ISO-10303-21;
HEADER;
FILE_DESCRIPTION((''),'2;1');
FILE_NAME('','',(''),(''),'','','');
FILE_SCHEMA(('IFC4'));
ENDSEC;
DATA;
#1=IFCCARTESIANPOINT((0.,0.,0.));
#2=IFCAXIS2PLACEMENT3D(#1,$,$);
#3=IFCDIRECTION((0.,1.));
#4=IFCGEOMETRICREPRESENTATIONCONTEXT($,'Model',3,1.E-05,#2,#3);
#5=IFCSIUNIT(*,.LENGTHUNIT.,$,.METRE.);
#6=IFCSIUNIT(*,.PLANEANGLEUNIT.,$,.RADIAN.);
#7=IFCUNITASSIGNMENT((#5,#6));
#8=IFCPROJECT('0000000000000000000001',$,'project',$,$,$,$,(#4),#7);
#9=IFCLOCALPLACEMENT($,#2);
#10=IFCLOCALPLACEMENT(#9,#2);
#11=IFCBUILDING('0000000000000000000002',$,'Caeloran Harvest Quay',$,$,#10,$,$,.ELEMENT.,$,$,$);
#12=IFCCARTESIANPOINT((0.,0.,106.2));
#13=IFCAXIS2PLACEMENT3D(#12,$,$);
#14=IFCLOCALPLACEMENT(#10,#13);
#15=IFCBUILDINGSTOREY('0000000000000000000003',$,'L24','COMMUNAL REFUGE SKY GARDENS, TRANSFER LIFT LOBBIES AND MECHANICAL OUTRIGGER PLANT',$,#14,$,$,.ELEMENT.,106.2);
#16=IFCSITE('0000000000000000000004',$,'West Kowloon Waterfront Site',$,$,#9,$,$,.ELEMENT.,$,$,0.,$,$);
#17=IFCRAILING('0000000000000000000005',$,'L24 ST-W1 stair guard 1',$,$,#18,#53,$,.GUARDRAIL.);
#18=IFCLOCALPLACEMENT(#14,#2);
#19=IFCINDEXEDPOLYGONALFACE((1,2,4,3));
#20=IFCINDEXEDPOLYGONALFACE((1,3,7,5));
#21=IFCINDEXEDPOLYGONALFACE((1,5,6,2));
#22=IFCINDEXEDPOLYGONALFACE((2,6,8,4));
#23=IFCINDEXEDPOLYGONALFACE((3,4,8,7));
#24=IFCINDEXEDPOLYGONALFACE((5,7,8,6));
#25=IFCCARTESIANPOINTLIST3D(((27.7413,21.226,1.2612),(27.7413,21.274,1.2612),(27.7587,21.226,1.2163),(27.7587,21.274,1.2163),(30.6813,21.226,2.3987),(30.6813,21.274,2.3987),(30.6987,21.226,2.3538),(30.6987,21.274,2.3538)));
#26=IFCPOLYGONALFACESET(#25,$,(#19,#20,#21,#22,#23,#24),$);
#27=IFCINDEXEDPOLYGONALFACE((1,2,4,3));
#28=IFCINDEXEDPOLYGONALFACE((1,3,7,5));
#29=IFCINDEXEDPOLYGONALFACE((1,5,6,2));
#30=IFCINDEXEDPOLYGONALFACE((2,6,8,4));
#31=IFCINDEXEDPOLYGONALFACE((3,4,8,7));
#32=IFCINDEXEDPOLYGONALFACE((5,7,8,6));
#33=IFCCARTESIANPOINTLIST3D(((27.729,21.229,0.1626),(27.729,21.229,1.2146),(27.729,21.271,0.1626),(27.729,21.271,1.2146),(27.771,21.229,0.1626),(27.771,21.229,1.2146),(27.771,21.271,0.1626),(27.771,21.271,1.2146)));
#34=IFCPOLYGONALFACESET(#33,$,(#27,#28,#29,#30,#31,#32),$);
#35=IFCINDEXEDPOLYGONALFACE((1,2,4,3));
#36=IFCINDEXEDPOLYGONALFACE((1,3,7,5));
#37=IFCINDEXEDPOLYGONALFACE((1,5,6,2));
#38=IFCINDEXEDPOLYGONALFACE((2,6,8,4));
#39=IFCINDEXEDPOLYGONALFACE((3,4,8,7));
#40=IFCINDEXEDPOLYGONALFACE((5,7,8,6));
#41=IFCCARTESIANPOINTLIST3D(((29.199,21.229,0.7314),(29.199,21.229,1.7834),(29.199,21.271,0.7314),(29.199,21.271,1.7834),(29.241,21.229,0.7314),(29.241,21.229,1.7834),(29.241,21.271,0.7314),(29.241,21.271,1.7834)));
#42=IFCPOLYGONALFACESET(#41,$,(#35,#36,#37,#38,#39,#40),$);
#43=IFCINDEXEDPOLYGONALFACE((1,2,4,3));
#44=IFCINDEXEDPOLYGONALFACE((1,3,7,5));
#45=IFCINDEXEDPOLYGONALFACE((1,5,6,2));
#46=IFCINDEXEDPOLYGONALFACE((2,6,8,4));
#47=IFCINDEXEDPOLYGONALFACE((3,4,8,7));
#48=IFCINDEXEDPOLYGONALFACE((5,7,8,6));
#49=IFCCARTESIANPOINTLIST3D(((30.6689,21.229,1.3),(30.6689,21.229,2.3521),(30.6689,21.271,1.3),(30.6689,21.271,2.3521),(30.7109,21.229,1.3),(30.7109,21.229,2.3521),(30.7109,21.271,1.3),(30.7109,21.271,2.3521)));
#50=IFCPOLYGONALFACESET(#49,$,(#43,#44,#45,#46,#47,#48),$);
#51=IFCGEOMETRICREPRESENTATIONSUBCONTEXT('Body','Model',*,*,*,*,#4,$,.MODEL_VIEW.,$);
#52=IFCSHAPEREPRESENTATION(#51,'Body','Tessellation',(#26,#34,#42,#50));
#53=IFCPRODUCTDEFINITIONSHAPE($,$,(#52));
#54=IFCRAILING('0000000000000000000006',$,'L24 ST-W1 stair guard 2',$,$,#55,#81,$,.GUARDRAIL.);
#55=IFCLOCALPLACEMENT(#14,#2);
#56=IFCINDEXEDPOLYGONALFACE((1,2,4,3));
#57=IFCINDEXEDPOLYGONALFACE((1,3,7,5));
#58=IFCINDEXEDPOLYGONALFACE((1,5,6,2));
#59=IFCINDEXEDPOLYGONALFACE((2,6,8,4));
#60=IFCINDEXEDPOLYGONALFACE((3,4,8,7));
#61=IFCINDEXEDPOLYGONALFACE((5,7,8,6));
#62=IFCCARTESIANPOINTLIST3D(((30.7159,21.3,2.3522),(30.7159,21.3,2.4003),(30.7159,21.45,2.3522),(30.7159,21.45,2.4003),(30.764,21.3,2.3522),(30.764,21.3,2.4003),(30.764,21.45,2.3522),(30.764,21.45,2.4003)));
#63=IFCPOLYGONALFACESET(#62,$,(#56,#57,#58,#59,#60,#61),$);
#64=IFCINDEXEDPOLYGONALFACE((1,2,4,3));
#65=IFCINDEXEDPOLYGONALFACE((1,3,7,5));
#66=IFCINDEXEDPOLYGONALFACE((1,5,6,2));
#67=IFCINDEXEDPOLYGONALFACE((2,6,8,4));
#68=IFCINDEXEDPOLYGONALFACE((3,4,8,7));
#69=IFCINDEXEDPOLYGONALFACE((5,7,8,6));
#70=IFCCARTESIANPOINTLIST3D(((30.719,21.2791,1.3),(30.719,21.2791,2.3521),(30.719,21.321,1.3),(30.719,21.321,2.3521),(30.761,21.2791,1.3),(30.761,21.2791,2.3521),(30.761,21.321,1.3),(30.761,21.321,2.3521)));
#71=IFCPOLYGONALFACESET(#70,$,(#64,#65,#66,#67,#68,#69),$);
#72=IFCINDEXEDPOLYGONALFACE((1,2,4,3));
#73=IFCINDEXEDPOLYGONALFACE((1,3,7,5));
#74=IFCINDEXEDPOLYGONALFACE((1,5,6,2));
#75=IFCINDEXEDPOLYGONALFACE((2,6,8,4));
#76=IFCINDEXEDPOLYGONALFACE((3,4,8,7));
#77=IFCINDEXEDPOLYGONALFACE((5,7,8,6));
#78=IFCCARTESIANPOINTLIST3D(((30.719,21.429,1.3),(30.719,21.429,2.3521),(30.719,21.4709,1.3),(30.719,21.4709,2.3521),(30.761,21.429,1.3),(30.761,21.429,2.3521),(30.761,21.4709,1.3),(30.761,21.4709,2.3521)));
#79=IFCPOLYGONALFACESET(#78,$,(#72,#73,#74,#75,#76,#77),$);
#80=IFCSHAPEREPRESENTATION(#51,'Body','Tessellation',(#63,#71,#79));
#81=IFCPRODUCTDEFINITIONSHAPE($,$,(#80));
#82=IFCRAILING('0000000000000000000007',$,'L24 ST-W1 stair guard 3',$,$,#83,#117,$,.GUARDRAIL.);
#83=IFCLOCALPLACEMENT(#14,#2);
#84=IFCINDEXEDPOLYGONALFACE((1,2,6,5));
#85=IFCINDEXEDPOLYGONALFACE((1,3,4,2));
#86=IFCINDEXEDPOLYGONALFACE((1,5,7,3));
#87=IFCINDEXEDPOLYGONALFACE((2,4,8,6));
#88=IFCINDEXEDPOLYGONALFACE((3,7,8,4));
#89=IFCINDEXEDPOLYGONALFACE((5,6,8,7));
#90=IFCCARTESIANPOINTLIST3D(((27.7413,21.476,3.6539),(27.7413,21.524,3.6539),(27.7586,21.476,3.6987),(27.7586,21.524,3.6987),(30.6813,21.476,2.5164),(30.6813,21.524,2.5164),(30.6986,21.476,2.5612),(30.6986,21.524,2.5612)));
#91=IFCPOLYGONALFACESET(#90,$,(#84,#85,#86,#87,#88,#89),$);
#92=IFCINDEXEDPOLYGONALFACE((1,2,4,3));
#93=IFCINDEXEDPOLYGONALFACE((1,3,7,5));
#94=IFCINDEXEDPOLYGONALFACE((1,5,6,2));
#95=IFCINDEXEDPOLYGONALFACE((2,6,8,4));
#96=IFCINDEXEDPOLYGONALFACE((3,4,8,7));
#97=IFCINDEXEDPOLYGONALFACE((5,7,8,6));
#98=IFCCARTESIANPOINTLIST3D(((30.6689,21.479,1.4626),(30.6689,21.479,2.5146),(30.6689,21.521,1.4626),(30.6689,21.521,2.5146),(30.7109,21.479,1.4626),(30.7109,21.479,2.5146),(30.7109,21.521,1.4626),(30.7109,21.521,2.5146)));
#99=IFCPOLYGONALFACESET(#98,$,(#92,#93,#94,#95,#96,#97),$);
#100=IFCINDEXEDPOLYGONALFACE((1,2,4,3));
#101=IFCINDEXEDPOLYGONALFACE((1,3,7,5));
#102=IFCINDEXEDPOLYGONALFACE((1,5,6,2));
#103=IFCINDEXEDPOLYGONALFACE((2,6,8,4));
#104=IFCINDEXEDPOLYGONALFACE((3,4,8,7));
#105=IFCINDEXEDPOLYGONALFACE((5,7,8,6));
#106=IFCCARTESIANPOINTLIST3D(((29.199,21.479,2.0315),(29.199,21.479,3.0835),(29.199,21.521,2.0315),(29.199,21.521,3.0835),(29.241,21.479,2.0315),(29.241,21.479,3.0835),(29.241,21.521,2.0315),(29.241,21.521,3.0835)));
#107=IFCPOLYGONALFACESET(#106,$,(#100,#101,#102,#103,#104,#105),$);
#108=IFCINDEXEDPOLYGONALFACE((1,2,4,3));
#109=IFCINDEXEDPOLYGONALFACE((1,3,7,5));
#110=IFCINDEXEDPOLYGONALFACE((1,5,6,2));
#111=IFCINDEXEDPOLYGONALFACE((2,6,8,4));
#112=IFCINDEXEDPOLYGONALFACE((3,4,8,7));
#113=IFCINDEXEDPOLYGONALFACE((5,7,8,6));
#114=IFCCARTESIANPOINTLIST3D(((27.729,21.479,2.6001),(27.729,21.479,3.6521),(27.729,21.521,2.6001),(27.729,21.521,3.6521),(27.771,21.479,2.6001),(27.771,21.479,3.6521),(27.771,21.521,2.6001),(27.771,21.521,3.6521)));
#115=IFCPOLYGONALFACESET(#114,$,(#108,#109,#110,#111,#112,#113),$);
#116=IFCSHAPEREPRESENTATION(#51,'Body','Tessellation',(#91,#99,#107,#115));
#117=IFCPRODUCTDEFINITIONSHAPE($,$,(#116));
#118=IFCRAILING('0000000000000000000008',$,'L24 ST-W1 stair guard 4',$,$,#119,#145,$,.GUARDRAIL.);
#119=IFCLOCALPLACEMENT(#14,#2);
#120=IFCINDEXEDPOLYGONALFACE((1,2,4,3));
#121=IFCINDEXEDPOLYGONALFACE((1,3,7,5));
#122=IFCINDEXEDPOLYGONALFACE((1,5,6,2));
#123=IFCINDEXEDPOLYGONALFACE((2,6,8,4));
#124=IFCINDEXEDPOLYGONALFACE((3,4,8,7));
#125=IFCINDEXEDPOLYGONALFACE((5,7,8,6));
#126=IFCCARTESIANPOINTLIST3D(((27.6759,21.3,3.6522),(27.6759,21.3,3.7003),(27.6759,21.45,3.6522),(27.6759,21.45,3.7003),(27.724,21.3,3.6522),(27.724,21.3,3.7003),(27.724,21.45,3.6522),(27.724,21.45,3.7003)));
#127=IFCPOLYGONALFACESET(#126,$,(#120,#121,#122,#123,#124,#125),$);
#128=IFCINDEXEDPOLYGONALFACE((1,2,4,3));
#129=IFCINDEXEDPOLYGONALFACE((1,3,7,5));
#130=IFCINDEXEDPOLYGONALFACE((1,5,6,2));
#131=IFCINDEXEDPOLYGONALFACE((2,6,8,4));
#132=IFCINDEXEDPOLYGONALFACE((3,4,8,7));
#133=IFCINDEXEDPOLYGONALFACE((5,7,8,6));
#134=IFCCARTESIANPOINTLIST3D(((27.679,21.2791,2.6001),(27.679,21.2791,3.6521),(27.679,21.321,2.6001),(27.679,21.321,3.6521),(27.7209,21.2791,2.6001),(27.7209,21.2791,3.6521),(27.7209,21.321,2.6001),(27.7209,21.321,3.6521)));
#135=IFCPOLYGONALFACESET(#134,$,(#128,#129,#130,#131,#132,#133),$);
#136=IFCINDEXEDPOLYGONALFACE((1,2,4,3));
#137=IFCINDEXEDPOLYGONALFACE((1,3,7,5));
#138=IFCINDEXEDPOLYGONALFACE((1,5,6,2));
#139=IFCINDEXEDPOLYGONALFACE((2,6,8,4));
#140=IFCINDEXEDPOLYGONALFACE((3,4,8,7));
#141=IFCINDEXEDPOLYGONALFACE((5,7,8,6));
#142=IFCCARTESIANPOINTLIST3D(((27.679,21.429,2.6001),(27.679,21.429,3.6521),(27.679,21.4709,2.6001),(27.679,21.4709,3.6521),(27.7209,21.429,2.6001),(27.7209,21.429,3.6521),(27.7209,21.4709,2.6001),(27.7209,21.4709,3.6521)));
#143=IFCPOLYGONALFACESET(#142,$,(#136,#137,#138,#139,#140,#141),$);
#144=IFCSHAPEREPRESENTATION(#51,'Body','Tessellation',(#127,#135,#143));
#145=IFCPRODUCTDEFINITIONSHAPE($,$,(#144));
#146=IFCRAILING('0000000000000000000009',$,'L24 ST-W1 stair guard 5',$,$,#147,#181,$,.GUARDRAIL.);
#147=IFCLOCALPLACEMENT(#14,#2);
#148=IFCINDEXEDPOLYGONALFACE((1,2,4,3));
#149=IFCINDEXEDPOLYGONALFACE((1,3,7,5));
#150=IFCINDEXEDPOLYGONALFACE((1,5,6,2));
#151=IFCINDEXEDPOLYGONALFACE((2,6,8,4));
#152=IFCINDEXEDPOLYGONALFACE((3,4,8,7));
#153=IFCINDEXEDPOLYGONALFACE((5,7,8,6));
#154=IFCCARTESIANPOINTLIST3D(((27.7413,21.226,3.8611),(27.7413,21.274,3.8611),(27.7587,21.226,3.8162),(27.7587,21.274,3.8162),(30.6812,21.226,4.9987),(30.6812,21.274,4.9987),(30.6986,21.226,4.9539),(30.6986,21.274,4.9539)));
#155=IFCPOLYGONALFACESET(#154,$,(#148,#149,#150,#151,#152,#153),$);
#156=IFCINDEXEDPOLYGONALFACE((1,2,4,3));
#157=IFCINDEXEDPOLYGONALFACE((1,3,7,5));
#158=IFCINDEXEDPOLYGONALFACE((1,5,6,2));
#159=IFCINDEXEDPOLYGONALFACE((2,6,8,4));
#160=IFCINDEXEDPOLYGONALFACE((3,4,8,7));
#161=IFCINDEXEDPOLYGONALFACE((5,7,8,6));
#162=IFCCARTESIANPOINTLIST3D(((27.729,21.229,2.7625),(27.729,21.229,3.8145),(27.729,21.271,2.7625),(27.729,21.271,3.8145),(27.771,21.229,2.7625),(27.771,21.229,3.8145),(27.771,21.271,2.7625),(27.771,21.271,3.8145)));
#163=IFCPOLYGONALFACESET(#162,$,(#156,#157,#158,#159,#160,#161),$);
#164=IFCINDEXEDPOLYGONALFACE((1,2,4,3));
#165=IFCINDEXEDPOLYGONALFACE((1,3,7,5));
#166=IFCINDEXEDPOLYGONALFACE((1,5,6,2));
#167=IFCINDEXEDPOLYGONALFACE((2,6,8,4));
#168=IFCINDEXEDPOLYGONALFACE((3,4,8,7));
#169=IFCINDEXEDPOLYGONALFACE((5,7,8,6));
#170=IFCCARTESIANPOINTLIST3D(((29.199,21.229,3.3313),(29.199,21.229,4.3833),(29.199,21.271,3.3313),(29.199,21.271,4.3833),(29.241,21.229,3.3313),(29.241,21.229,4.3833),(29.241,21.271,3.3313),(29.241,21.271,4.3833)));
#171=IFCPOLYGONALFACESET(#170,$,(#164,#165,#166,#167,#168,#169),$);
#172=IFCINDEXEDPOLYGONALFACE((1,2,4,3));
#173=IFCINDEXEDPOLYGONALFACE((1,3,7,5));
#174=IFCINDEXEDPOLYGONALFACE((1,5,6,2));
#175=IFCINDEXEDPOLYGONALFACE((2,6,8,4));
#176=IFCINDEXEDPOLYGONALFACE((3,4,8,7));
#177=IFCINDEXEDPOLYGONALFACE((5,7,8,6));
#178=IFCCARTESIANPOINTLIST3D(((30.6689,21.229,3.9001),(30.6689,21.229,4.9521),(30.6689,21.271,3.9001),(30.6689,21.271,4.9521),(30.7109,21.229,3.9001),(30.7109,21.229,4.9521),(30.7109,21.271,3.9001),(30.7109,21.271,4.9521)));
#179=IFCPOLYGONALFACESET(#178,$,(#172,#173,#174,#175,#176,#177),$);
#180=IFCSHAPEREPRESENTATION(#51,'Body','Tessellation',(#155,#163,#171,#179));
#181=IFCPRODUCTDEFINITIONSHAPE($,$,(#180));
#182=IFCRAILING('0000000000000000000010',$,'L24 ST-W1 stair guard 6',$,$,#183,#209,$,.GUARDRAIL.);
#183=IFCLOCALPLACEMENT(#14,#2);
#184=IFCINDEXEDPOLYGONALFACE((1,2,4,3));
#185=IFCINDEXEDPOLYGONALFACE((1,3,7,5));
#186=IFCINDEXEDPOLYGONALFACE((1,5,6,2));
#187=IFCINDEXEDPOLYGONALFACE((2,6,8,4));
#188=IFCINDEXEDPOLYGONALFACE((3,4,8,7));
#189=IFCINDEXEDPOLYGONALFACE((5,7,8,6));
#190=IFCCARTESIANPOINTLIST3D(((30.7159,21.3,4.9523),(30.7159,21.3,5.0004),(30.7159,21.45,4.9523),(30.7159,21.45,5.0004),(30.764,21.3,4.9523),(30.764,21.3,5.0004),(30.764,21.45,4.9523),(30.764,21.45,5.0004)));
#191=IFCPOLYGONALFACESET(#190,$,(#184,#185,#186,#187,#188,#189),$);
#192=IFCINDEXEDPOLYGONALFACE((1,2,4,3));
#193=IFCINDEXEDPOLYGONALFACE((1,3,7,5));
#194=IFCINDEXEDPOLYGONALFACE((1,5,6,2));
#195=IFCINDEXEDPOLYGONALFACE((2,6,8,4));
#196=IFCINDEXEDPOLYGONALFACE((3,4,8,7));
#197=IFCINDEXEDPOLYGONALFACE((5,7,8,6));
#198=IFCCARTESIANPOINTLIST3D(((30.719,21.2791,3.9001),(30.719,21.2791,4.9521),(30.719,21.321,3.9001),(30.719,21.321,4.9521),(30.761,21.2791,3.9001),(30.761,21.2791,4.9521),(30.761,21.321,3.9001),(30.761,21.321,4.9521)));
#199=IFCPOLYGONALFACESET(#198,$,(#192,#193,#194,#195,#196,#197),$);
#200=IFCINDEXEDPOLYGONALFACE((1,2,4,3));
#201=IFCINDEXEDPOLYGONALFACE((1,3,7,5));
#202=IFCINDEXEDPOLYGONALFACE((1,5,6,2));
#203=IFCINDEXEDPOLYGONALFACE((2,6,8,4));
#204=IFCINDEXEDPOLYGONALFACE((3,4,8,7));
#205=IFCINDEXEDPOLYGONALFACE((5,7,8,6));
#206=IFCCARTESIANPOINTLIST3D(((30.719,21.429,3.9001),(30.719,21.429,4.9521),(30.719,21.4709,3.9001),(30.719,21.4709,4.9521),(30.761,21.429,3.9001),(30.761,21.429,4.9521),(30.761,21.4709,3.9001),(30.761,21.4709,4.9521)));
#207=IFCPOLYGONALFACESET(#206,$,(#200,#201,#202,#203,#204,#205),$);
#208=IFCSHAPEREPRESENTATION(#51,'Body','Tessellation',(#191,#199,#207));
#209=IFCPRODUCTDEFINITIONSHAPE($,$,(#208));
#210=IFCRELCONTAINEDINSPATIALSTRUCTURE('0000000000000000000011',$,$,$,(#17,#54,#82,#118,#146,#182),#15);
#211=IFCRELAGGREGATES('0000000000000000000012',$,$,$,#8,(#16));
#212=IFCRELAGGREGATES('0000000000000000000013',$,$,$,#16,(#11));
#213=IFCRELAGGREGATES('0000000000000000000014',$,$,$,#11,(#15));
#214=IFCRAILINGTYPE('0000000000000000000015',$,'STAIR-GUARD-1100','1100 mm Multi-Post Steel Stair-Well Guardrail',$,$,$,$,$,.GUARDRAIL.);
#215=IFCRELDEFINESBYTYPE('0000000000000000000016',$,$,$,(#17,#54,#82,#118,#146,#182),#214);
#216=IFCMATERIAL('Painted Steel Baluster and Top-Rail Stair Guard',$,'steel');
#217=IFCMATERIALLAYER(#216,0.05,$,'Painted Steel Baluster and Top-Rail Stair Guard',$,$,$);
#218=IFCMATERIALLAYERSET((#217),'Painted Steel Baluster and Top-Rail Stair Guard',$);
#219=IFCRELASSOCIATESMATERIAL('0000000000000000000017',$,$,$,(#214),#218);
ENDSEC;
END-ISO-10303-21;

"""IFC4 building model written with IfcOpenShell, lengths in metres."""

from ifc_helpers import new_model, si_unit, direction, frame, origin, origin_2d, place, context, subcontext, project, spatial, rectangle, extrude, material, layer, layer_set, type_object, element, save


model = new_model("IFC4")

# Units and contexts
model_context = context("Model", 3, precision=1e-05, world=origin(), true_north=direction((0.0, 1.0)))
body_context = subcontext(model_context, "Body", "Model", "MODEL_VIEW")
ifc_project = project(units=[si_unit("LENGTHUNIT", "METRE"), si_unit("PLANEANGLEUNIT", "RADIAN")], contexts=[model_context])

# Site, building, storey
site_placement = place(None, origin())
site = spatial("IfcSite", under=ifc_project, at=site_placement, Name="West Kowloon Waterfront Site", CompositionType="ELEMENT", RefElevation=0.0)
building_placement = place(site_placement, origin())
building = spatial("IfcBuilding", under=site, at=building_placement, Name="Caeloran Harvest Quay", CompositionType="ELEMENT")
storey_placement = place(building_placement, frame((0.0, 0.0, 106.2)))
storey = spatial("IfcBuildingStorey", under=building, at=storey_placement, Name="L24", Description="COMMUNAL REFUGE SKY GARDENS, TRANSFER LIFT LOBBIES AND MECHANICAL OUTRIGGER PLANT", CompositionType="ELEMENT", Elevation=106.2)

# Railings
ifc_material_1 = material(Name="Painted Steel Baluster and Top-Rail Stair Guard", Category="steel")
ifc_layer_1 = layer(ifc_material_1, 0.05, Name="Painted Steel Baluster and Top-Rail Stair Guard")
ifc_layer_set_1 = layer_set([ifc_layer_1], Name="Painted Steel Baluster and Top-Rail Stair Guard")
railing_type_1 = type_object("IfcRailingType", Name="STAIR-GUARD-1100", Description="1100 mm Multi-Post Steel Stair-Well Guardrail", PredefinedType="GUARDRAIL", material=ifc_layer_set_1)
railing_1_placement = place(storey_placement, frame((27.75, 21.25, 0.1626)))
element("IfcRailing", 1, at=railing_1_placement, inside=storey, type_object=railing_type_1, Name="L24 ST-W1 stair guard 1", PredefinedType="GUARDRAIL", context=body_context, shape_type="SweptSolid", body=[
    extrude(rectangle(XDim=0.0481, YDim=0.0481, at=origin_2d()), frame((0.0, 0.0, 1.0762), z_axis=(0.932631, 0.0, 0.360831), x_axis=(0.0, 1.0, 0.0)), (0.0, 0.0, 1.0), 3.1523),
    extrude(rectangle(XDim=0.042, YDim=0.042, at=origin_2d()), origin(), (0.0, 0.0, 1.0), 1.052),
    extrude(rectangle(XDim=0.042, YDim=0.042, at=origin_2d()), frame((1.47, 0.0, 0.5688)), (0.0, 0.0, 1.0), 1.052),
    extrude(rectangle(XDim=0.042, YDim=0.042, at=origin_2d()), frame((2.9399, 0.0, 1.1375)), (0.0, 0.0, 1.0), 1.052),
])
railing_2_placement = place(storey_placement, frame((30.74, 21.3, 1.3)))
element("IfcRailing", 2, at=railing_2_placement, inside=storey, type_object=railing_type_1, Name="L24 ST-W1 stair guard 2", PredefinedType="GUARDRAIL", context=body_context, shape_type="SweptSolid", body=[
    extrude(rectangle(XDim=0.0481, YDim=0.0481, at=origin_2d()), frame((0.0, 0.0, 1.0762), z_axis=(0.0, 1.0, 0.0), x_axis=(-1.0, 0.0, 0.0)), (0.0, 0.0, 1.0), 0.1499),
    extrude(rectangle(XDim=0.042, YDim=0.042, at=origin_2d()), origin(), (0.0, 0.0, 1.0), 1.052),
    extrude(rectangle(XDim=0.042, YDim=0.042, at=origin_2d()), frame((0.0, 0.1499, 0.0)), (0.0, 0.0, 1.0), 1.052),
])
railing_3_placement = place(storey_placement, frame((30.6899, 21.5, 1.4626)))
element("IfcRailing", 3, at=railing_3_placement, inside=storey, type_object=railing_type_1, Name="L24 ST-W1 stair guard 3", PredefinedType="GUARDRAIL", context=body_context, shape_type="SweptSolid", body=[
    extrude(rectangle(XDim=0.0481, YDim=0.0481, at=origin_2d()), frame((0.0, 0.0, 1.0762), z_axis=(-0.932631, 0.0, 0.360831), x_axis=(0.0, -1.0, 0.0)), (0.0, 0.0, 1.0), 3.1523),
    extrude(rectangle(XDim=0.042, YDim=0.042, at=origin_2d()), origin(), (0.0, 0.0, 1.0), 1.052),
    extrude(rectangle(XDim=0.042, YDim=0.042, at=origin_2d()), frame((-1.47, 0.0, 0.5688)), (0.0, 0.0, 1.0), 1.052),
    extrude(rectangle(XDim=0.042, YDim=0.042, at=origin_2d()), frame((-2.9399, 0.0, 1.1375)), (0.0, 0.0, 1.0), 1.052),
])
railing_4_placement = place(storey_placement, frame((27.7, 21.3, 2.6001)))
element("IfcRailing", 4, at=railing_4_placement, inside=storey, type_object=railing_type_1, Name="L24 ST-W1 stair guard 4", PredefinedType="GUARDRAIL", context=body_context, shape_type="SweptSolid", body=[
    extrude(rectangle(XDim=0.0481, YDim=0.0481, at=origin_2d()), frame((0.0, 0.0, 1.0762), z_axis=(0.0, 1.0, 0.0), x_axis=(-1.0, 0.0, 0.0)), (0.0, 0.0, 1.0), 0.1499),
    extrude(rectangle(XDim=0.042, YDim=0.042, at=origin_2d()), origin(), (0.0, 0.0, 1.0), 1.052),
    extrude(rectangle(XDim=0.042, YDim=0.042, at=origin_2d()), frame((0.0, 0.1499, 0.0)), (0.0, 0.0, 1.0), 1.052),
])
railing_5_placement = place(storey_placement, frame((27.75, 21.25, 2.7625)))
element("IfcRailing", 5, at=railing_5_placement, inside=storey, type_object=railing_type_1, Name="L24 ST-W1 stair guard 5", PredefinedType="GUARDRAIL", context=body_context, shape_type="SweptSolid", body=[
    extrude(rectangle(XDim=0.0481, YDim=0.0481, at=origin_2d()), frame((0.0, 0.0, 1.0762), z_axis=(0.932605, 0.0, 0.360899), x_axis=(0.0, 1.0, 0.0)), (0.0, 0.0, 1.0), 3.1523),
    extrude(rectangle(XDim=0.042, YDim=0.042, at=origin_2d()), origin(), (0.0, 0.0, 1.0), 1.052),
    extrude(rectangle(XDim=0.042, YDim=0.042, at=origin_2d()), frame((1.47, 0.0, 0.5688)), (0.0, 0.0, 1.0), 1.052),
    extrude(rectangle(XDim=0.042, YDim=0.042, at=origin_2d()), frame((2.9399, 0.0, 1.1377)), (0.0, 0.0, 1.0), 1.052),
])
railing_6_placement = place(storey_placement, frame((30.74, 21.3, 3.9001)))
element("IfcRailing", 6, at=railing_6_placement, inside=storey, type_object=railing_type_1, Name="L24 ST-W1 stair guard 6", PredefinedType="GUARDRAIL", context=body_context, shape_type="SweptSolid", body=[
    extrude(rectangle(XDim=0.0481, YDim=0.0481, at=origin_2d()), frame((0.0, 0.0, 1.0762), z_axis=(0.0, 1.0, 0.0), x_axis=(-1.0, 0.0, 0.0)), (0.0, 0.0, 1.0), 0.1499),
    extrude(rectangle(XDim=0.042, YDim=0.042, at=origin_2d()), origin(), (0.0, 0.0, 1.0), 1.052),
    extrude(rectangle(XDim=0.042, YDim=0.042, at=origin_2d()), frame((0.0, 0.1499, 0.0)), (0.0, 0.0, 1.0), 1.052),
])

save(model, "model.ifc")
